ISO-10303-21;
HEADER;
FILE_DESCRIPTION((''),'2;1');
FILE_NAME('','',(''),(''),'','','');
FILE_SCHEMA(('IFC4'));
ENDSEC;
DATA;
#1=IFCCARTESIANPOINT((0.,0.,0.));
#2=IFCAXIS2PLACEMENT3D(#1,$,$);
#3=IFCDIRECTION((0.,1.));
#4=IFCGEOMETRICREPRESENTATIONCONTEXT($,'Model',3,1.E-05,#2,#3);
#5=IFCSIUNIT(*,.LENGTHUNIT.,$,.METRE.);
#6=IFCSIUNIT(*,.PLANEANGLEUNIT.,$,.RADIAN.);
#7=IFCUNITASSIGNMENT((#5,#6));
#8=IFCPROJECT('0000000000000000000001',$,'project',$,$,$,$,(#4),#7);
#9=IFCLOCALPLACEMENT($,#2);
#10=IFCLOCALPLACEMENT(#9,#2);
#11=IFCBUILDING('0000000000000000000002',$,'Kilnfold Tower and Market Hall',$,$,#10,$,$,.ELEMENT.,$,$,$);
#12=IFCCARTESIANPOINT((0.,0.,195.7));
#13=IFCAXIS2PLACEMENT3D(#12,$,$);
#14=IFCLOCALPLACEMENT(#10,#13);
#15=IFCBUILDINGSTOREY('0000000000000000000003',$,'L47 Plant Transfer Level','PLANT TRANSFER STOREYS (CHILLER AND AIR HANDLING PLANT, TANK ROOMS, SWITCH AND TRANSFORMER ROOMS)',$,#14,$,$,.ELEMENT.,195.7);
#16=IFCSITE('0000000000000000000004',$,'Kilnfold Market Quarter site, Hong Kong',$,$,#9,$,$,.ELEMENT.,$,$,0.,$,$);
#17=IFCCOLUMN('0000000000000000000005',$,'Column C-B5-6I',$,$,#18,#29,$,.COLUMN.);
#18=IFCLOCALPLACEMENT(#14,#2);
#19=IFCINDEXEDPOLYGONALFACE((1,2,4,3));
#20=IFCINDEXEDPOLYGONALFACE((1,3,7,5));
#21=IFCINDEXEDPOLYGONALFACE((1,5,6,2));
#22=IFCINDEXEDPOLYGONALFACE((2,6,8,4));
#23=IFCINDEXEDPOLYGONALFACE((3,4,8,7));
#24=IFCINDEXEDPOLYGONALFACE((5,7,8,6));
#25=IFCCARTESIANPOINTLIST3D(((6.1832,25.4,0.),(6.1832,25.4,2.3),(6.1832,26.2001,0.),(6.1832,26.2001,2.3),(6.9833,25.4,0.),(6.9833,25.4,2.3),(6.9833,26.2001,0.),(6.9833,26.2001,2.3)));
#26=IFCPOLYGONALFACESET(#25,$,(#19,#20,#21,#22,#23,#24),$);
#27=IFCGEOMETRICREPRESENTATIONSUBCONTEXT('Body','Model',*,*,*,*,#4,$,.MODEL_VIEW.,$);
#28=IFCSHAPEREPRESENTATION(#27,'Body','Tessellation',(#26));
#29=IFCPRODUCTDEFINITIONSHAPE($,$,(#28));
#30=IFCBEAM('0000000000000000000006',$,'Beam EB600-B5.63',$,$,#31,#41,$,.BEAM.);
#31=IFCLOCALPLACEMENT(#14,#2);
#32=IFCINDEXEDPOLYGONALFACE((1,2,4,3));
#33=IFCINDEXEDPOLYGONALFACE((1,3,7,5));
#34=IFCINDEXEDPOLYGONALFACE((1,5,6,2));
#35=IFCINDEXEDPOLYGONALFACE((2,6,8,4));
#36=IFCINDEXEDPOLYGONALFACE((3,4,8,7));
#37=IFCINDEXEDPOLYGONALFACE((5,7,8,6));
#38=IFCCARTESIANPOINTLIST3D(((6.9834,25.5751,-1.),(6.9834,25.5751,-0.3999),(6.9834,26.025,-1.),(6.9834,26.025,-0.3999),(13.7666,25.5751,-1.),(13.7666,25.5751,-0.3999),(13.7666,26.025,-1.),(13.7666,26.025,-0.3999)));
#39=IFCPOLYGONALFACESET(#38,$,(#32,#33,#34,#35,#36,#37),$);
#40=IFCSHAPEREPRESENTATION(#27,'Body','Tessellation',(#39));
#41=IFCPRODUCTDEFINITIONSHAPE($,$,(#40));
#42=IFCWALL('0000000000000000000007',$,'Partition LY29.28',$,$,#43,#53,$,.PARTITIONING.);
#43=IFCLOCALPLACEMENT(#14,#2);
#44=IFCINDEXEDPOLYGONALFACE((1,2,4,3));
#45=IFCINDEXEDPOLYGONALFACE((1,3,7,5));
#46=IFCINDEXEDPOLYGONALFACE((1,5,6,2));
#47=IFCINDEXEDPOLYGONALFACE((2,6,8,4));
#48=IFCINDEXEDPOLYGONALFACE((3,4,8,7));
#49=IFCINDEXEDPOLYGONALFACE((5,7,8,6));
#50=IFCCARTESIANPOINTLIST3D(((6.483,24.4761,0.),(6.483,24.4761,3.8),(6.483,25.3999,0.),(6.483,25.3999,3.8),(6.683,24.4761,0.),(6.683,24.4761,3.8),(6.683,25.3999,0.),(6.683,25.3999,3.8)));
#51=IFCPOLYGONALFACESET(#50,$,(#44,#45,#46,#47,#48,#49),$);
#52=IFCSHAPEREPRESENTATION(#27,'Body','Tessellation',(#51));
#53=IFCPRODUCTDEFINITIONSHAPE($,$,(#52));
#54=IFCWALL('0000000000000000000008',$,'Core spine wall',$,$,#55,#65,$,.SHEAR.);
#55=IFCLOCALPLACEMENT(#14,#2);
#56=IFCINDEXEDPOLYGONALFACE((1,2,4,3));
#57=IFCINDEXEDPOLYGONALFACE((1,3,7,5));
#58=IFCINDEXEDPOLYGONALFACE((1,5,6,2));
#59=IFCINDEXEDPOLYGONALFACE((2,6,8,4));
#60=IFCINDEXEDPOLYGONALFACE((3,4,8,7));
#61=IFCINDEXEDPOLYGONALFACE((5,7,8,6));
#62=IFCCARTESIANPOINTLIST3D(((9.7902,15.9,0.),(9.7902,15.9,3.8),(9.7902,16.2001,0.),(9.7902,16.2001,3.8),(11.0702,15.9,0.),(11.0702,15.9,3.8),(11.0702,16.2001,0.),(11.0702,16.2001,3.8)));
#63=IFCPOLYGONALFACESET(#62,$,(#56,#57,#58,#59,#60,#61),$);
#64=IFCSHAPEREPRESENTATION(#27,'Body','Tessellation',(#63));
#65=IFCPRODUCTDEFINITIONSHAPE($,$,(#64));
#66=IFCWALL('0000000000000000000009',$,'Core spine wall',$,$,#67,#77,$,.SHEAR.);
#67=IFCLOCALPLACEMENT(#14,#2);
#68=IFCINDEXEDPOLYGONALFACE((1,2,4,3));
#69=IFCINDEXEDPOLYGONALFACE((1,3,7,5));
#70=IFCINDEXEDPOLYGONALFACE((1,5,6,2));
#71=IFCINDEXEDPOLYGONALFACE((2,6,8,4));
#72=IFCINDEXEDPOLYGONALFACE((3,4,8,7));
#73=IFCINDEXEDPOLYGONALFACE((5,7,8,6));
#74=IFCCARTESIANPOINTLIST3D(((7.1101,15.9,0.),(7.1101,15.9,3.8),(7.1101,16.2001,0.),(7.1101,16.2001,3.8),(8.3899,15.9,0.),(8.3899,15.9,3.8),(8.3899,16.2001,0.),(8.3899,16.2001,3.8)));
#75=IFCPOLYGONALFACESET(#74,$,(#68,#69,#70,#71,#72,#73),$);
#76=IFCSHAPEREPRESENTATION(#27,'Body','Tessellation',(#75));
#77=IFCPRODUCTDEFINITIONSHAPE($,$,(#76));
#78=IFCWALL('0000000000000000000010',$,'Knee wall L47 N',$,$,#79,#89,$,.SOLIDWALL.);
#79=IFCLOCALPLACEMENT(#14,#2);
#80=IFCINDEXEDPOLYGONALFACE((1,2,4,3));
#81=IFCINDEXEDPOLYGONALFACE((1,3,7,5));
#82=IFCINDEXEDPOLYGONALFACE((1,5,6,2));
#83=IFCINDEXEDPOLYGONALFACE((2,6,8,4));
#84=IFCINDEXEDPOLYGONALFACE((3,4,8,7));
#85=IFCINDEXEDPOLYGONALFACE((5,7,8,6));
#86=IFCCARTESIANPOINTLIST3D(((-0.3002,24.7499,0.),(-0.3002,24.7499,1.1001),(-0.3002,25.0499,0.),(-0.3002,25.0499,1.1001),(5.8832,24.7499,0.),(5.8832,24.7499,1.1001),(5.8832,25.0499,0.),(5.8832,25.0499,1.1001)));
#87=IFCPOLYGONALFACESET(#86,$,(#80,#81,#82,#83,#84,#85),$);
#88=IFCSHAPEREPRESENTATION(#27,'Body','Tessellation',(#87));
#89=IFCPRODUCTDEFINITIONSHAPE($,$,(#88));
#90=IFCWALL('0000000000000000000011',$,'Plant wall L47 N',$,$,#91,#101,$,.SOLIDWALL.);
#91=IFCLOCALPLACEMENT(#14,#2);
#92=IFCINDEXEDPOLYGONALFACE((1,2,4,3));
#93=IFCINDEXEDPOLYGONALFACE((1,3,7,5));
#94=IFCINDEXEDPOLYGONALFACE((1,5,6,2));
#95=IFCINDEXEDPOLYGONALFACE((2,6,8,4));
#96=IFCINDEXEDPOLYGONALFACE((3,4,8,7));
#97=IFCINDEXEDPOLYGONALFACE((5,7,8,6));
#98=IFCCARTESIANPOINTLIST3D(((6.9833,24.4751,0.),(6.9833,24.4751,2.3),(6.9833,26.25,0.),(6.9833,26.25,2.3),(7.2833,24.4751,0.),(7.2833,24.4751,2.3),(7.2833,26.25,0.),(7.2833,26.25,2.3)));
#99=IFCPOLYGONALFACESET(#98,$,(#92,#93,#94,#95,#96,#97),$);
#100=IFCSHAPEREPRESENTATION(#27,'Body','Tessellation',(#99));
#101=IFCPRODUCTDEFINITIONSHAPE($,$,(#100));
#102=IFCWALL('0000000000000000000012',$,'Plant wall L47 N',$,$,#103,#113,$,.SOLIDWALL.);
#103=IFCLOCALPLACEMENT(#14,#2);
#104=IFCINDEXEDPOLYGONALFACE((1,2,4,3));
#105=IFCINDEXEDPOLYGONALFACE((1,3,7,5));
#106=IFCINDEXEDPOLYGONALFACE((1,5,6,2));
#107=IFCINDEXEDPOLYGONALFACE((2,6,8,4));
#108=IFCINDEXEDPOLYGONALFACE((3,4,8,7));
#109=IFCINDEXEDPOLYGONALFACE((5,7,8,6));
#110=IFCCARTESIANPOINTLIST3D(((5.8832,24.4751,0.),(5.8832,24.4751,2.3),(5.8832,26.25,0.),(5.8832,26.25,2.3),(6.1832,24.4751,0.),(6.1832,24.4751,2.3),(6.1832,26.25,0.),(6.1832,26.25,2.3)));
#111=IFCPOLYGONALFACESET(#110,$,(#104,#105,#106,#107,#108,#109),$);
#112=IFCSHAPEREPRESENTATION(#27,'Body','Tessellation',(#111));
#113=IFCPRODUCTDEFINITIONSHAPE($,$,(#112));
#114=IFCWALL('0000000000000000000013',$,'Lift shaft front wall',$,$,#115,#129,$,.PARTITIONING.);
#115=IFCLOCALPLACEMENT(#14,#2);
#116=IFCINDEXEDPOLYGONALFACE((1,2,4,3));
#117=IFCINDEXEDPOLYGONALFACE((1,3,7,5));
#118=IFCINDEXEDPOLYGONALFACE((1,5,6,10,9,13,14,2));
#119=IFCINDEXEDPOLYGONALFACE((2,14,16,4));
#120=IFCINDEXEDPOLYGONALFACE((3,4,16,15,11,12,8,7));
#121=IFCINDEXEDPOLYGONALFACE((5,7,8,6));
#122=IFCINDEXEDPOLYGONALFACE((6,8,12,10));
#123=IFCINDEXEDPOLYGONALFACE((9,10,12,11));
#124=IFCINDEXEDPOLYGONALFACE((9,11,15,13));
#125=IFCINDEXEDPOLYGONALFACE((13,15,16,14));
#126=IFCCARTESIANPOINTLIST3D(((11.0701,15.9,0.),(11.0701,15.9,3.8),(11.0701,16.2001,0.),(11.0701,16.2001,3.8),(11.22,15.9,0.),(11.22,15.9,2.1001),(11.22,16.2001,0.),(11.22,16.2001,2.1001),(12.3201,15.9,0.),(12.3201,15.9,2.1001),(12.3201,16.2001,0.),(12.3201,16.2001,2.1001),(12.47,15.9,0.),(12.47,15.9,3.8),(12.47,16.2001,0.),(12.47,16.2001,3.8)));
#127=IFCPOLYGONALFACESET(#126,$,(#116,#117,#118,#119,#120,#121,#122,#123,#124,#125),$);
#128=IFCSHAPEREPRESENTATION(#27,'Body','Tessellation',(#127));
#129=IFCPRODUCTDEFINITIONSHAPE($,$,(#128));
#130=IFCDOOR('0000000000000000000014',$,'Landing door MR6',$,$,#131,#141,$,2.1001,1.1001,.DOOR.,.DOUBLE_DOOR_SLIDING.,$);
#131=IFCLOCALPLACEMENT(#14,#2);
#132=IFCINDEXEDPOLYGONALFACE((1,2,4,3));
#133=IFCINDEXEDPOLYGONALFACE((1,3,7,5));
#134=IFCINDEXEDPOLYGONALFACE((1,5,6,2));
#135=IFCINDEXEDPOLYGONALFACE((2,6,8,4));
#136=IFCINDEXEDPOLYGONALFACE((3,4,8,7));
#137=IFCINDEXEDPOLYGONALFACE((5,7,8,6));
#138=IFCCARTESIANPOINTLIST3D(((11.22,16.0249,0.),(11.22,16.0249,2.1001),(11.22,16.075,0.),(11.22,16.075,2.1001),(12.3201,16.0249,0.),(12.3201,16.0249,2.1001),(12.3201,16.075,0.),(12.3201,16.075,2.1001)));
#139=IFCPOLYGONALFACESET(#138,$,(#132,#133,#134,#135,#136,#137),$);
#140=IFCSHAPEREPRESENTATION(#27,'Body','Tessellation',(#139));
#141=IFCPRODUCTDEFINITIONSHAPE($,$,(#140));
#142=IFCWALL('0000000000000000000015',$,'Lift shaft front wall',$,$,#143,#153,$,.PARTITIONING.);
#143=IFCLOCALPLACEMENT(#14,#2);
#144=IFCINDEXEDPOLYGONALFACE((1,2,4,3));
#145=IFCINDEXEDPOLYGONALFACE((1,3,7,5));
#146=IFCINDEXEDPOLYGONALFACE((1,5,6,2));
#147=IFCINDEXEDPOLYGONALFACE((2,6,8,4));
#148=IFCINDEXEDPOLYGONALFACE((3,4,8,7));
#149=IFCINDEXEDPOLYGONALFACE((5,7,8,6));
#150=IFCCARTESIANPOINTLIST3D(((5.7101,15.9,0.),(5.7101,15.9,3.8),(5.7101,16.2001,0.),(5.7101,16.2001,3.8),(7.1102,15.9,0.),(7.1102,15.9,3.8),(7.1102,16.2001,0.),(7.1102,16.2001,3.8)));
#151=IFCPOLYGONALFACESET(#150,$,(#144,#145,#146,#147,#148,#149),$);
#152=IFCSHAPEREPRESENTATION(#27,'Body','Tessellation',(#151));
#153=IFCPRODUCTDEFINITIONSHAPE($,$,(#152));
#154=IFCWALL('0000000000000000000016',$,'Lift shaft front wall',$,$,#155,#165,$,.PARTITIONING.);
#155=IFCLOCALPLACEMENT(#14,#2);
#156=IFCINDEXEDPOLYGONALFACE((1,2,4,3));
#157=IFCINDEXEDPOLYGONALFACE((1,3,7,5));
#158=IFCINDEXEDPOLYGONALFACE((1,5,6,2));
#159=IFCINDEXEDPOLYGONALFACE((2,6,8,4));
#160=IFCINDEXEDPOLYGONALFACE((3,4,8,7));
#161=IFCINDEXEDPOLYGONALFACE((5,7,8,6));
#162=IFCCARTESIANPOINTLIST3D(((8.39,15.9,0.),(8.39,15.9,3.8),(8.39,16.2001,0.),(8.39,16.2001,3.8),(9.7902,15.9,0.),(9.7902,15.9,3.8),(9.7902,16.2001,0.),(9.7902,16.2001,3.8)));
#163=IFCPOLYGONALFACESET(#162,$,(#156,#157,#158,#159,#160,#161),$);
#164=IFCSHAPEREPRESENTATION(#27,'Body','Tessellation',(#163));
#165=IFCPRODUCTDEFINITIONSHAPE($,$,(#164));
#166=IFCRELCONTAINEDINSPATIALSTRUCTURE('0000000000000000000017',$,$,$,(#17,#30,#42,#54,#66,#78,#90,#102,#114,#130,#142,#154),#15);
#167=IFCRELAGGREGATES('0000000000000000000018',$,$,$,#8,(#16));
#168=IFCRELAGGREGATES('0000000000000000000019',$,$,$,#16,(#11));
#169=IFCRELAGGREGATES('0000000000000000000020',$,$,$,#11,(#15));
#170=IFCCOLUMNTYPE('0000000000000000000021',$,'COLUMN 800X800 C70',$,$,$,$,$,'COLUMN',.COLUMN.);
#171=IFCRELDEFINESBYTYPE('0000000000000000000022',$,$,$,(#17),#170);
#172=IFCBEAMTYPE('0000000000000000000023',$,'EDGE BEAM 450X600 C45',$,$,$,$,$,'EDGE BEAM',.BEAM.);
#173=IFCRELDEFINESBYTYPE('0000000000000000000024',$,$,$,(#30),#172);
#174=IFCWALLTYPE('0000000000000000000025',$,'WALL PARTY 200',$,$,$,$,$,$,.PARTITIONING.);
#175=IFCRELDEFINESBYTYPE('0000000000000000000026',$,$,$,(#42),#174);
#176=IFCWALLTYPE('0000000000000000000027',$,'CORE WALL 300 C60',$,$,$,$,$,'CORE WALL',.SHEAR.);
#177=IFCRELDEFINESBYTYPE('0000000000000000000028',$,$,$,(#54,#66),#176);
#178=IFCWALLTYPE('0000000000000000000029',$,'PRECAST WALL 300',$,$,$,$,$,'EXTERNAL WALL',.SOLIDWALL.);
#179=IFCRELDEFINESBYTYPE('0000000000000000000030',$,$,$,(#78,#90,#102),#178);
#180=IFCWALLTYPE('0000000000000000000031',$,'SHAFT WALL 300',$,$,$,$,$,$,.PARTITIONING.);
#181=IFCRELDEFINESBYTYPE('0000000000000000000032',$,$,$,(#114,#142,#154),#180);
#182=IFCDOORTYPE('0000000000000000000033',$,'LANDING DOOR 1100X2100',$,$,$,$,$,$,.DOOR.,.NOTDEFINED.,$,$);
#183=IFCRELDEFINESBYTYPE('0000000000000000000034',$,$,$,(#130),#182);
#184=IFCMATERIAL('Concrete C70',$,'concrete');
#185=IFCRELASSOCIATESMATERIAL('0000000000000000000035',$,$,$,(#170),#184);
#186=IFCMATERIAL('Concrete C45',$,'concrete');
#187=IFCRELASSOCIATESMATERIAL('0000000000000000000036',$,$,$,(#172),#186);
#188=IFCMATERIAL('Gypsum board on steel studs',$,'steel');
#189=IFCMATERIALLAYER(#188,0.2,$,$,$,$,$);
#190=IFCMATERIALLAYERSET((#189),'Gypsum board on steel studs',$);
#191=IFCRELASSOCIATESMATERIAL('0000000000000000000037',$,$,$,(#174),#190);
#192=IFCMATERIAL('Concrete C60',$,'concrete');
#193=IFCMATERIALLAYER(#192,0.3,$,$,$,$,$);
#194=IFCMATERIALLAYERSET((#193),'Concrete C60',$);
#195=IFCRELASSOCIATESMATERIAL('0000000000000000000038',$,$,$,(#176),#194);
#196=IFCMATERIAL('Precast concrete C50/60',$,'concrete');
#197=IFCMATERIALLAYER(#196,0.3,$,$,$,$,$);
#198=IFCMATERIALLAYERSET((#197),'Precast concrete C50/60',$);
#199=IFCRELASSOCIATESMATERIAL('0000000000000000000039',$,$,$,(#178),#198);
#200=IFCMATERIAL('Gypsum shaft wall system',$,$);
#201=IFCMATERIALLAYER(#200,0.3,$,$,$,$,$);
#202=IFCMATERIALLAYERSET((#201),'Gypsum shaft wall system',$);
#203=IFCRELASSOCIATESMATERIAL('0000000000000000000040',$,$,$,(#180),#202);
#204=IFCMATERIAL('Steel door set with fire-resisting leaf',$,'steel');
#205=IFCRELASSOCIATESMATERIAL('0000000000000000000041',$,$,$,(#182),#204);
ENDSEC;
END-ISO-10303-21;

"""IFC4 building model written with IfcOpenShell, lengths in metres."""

from ifc_helpers import new_model, si_unit, direction, frame, frame_2d, origin, origin_2d, place, context, subcontext, project, spatial, rectangle, extrude, source, transform, mapped, material, layer, layer_set, material_profile, profile_set, type_object, element, fill, save


model = new_model("IFC4")

# Units and contexts
model_context = context("Model", 3, precision=1e-05, world=origin(), true_north=direction((0.0, 1.0)))
body_context = subcontext(model_context, "Body", "Model", "MODEL_VIEW")
ifc_project = project(units=[si_unit("LENGTHUNIT", "METRE"), si_unit("PLANEANGLEUNIT", "RADIAN")], contexts=[model_context])

# Site, building, storey
site_placement = place(None, origin())
site = spatial("IfcSite", under=ifc_project, at=site_placement, Name="Kilnfold Market Quarter site, Hong Kong", CompositionType="ELEMENT", RefElevation=0.0)
building_placement = place(site_placement, origin())
building = spatial("IfcBuilding", under=site, at=building_placement, Name="Kilnfold Tower and Market Hall", CompositionType="ELEMENT")
storey_placement = place(building_placement, frame((0.0, 0.0, 195.7)))
storey = spatial("IfcBuildingStorey", under=building, at=storey_placement, Name="L47 Plant Transfer Level", Description="PLANT TRANSFER STOREYS (CHILLER AND AIR HANDLING PLANT, TANK ROOMS, SWITCH AND TRANSFORMER ROOMS)", CompositionType="ELEMENT", Elevation=195.7)

# Column
ifc_material_1 = material(Name="Concrete C70", Category="concrete")
ifc_material_profile_1 = material_profile(ifc_material_1, rectangle(XDim=0.8, YDim=0.8, at=origin_2d()), Name="RC 800x800")
ifc_profile_set_1 = profile_set([ifc_material_profile_1], Name="Concrete C70")
column_type = type_object("IfcColumnType", Name="COLUMN 800X800 C70", ElementType="COLUMN", PredefinedType="COLUMN", material=ifc_profile_set_1)
shared_shape_1 = source(origin(), body_context, "Body", "SweptSolid", [
    extrude(rectangle(XDim=0.8, YDim=0.8, at=origin_2d()), origin(), (0.0, 0.0, 1.0), 2.3),
])
column_placement = place(storey_placement, frame((6.5833, 25.8, 0.0), z_axis=(0.0, 0.0, 1.0), x_axis=(1.0, 0.0, 0.0)))
element("IfcColumn", 1, at=column_placement, inside=storey, type_object=column_type, Name="Column C-B5-6I", PredefinedType="COLUMN", context=body_context, shape_type="MappedRepresentation", body=[
    mapped(shared_shape_1, transform((0.0, 0.0, 0.0))),
])

# Beam
ifc_material_2 = material(Name="Concrete C45", Category="concrete")
ifc_material_profile_2 = material_profile(ifc_material_2, rectangle(XDim=0.45, YDim=0.6001, at=origin_2d()), Name="RC 450x600")
ifc_profile_set_2 = profile_set([ifc_material_profile_2], Name="Concrete C45")
beam_type = type_object("IfcBeamType", Name="EDGE BEAM 450X600 C45", ElementType="EDGE BEAM", PredefinedType="BEAM", material=ifc_profile_set_2)
shared_shape_2 = source(origin(), body_context, "Body", "SweptSolid", [
    extrude(rectangle(XDim=0.45, YDim=0.6001, at=origin_2d()), origin(), (0.0, 0.0, 1.0), 6.7832),
])
beam_placement = place(storey_placement, frame((6.9834, 25.8, -0.7), z_axis=(1.0, 0.0, 0.0), x_axis=(0.0, 1.0, 0.0)))
element("IfcBeam", 2, at=beam_placement, inside=storey, type_object=beam_type, Name="Beam EB600-B5.63", PredefinedType="BEAM", context=body_context, shape_type="MappedRepresentation", body=[
    mapped(shared_shape_2, transform((0.0, 0.0, 0.0))),
])

# Walls
ifc_material_3 = material(Name="Gypsum board on steel studs", Category="steel")
ifc_layer_1 = layer(ifc_material_3, 0.2)
ifc_layer_set_1 = layer_set([ifc_layer_1], Name="Gypsum board on steel studs")
wall_type_1 = type_object("IfcWallType", Name="WALL PARTY 200", PredefinedType="PARTITIONING", material=ifc_layer_set_1)
wall_1_placement = place(storey_placement, frame((6.583, 24.4761, 0.0), z_axis=(0.0, 0.0, 1.0), x_axis=(0.0, 1.0, 0.0)))
element("IfcWall", 3, at=wall_1_placement, inside=storey, type_object=wall_type_1, Name="Partition LY29.28", PredefinedType="PARTITIONING", context=body_context, shape_type="SweptSolid", body=[
    extrude(rectangle(XDim=0.9238, YDim=0.2, at=frame_2d((0.4619, 0.0))), origin(), (0.0, 0.0, 1.0), 3.8),
])
ifc_material_4 = material(Name="Concrete C60", Category="concrete")
ifc_layer_2 = layer(ifc_material_4, 0.3)
ifc_layer_set_2 = layer_set([ifc_layer_2], Name="Concrete C60")
wall_type_2 = type_object("IfcWallType", Name="CORE WALL 300 C60", ElementType="CORE WALL", PredefinedType="SHEAR", material=ifc_layer_set_2)
shared_shape_3 = source(origin(), body_context, "Body", "SweptSolid", [
    extrude(rectangle(XDim=1.28, YDim=0.3, at=frame_2d((0.6401, 0.0))), origin(), (0.0, 0.0, 1.0), 3.8),
])
wall_2_placement = place(storey_placement, frame((9.79, 16.05, 0.0), z_axis=(0.0, 0.0, 1.0), x_axis=(1.0, 0.0, 0.0)))
element("IfcWall", 4, at=wall_2_placement, inside=storey, type_object=wall_type_2, Name="Core spine wall", PredefinedType="SHEAR", context=body_context, shape_type="MappedRepresentation", body=[
    mapped(shared_shape_3, transform((0.0, 0.0, 0.0))),
])
shared_shape_4 = source(origin(), body_context, "Body", "SweptSolid", [
    extrude(rectangle(XDim=1.2798, YDim=0.3, at=frame_2d((0.6399, 0.0))), origin(), (0.0, 0.0, 1.0), 3.8),
])
wall_3_placement = place(storey_placement, frame((7.1101, 16.05, 0.0), z_axis=(0.0, 0.0, 1.0), x_axis=(1.0, 0.0, 0.0)))
element("IfcWall", 5, at=wall_3_placement, inside=storey, type_object=wall_type_2, Name="Core spine wall", PredefinedType="SHEAR", context=body_context, shape_type="MappedRepresentation", body=[
    mapped(shared_shape_4, transform((0.0, 0.0, 0.0))),
])
ifc_material_5 = material(Name="Precast concrete C50/60", Category="concrete")
ifc_layer_3 = layer(ifc_material_5, 0.3)
ifc_layer_set_3 = layer_set([ifc_layer_3], Name="Precast concrete C50/60")
wall_type_3 = type_object("IfcWallType", Name="PRECAST WALL 300", ElementType="EXTERNAL WALL", PredefinedType="SOLIDWALL", material=ifc_layer_set_3)
shared_shape_5 = source(origin(), body_context, "Body", "SweptSolid", [
    extrude(rectangle(XDim=6.1833, YDim=0.3, at=frame_2d((3.0918, 0.0))), origin(), (0.0, 0.0, 1.0), 1.1001),
])
wall_4_placement = place(storey_placement, frame((5.8833, 24.8999, 0.0), z_axis=(0.0, 0.0, 1.0), x_axis=(-1.0, 0.0, 0.0)))
element("IfcWall", 6, at=wall_4_placement, inside=storey, type_object=wall_type_3, Name="Knee wall L47 N", PredefinedType="SOLIDWALL", context=body_context, shape_type="MappedRepresentation", body=[
    mapped(shared_shape_5, transform((0.0, 0.0, 0.0))),
])
shared_shape_6 = source(origin(), body_context, "Body", "SweptSolid", [
    extrude(rectangle(XDim=1.7749, YDim=0.3, at=frame_2d((0.8875, 0.0))), origin(), (0.0, 0.0, 1.0), 2.3),
])
for number, where, z_axis, x_axis, name in (
    (7, (7.1333, 26.25, 0.0), (0.0, 0.0, 1.0), (0.0, -1.0, 0.0), "Plant wall L47 N"),
    (8, (6.0332, 26.25, 0.0), (0.0, 0.0, 1.0), (0.0, -1.0, 0.0), "Plant wall L47 N"),
):
    element("IfcWall", number, at=place(storey_placement, frame(where, z_axis=z_axis, x_axis=x_axis)), inside=storey, type_object=wall_type_3, Name=name, PredefinedType="SOLIDWALL", context=body_context, shape_type="MappedRepresentation", body=[
        mapped(shared_shape_6, transform((0.0, 0.0, 0.0))),
    ])

# Wall, opening, door
ifc_material_6 = material(Name="Gypsum shaft wall system")
ifc_layer_4 = layer(ifc_material_6, 0.3)
ifc_layer_set_4 = layer_set([ifc_layer_4], Name="Gypsum shaft wall system")
wall_type_4 = type_object("IfcWallType", Name="SHAFT WALL 300", PredefinedType="PARTITIONING", material=ifc_layer_set_4)
shared_shape_7 = source(origin(), body_context, "Body", "SweptSolid", [
    extrude(rectangle(XDim=1.3999, YDim=0.3, at=frame_2d((0.7, 0.0))), origin(), (0.0, 0.0, 1.0), 3.8),
])
wall_5_placement = place(storey_placement, frame((11.0701, 16.05, 0.0), z_axis=(0.0, 0.0, 1.0), x_axis=(1.0, 0.0, 0.0)))
wall_5 = element("IfcWall", 9, at=wall_5_placement, inside=storey, type_object=wall_type_4, Name="Lift shaft front wall", PredefinedType="PARTITIONING", context=body_context, shape_type="MappedRepresentation", body=[
    mapped(shared_shape_7, transform((0.0, 0.0, 0.0))),
])
opening_placement = place(wall_5_placement, frame((0.1499, 0.0, 0.0)))
opening = element("IfcOpeningElement", 10, at=opening_placement, cuts=wall_5, PredefinedType="OPENING", context=body_context, shape_type="SweptSolid", body=[
    extrude(rectangle(XDim=1.1001, YDim=2.1001, at=frame_2d((0.55, 1.05))), frame((0.0, 0.1602, 0.0), z_axis=(0.0, -1.0, 0.0), x_axis=(1.0, 0.0, 0.0)), (0.0, 0.0, 1.0), 0.3201),
])
ifc_material_7 = material(Name="Steel door set with fire-resisting leaf", Category="steel")
door_type = type_object("IfcDoorType", Name="LANDING DOOR 1100X2100", OperationType="NOTDEFINED", PredefinedType="DOOR", material=ifc_material_7)
door_placement = place(opening_placement, origin())
door = element("IfcDoor", 11, at=door_placement, inside=storey, type_object=door_type, Name="Landing door MR6", OperationType="DOUBLE_DOOR_SLIDING", OverallHeight=2.1001, OverallWidth=1.1001, PredefinedType="DOOR", context=body_context, shape_type="SweptSolid", body=[
    extrude(rectangle(XDim=1.1001, YDim=2.1001, at=frame_2d((0.55, 1.05))), frame((0.0, 0.0249, 0.0), z_axis=(0.0, -1.0, 0.0), x_axis=(1.0, 0.0, 0.0)), (0.0, 0.0, 1.0), 0.05),
])
fill(opening, door)

# Walls
shared_shape_8 = source(origin(), body_context, "Body", "SweptSolid", [
    extrude(rectangle(XDim=1.4001, YDim=0.3, at=frame_2d((0.7002, 0.0))), origin(), (0.0, 0.0, 1.0), 3.8),
])
for number, where, z_axis, x_axis, name in (
    (12, (5.71, 16.05, 0.0), (0.0, 0.0, 1.0), (1.0, 0.0, 0.0), "Lift shaft front wall"),
    (13, (8.3899, 16.05, 0.0), (0.0, 0.0, 1.0), (1.0, 0.0, 0.0), "Lift shaft front wall"),
):
    element("IfcWall", number, at=place(storey_placement, frame(where, z_axis=z_axis, x_axis=x_axis)), inside=storey, type_object=wall_type_4, Name=name, PredefinedType="PARTITIONING", context=body_context, shape_type="MappedRepresentation", body=[
        mapped(shared_shape_8, transform((0.0, 0.0, 0.0))),
    ])

save(model, "model.ifc")
